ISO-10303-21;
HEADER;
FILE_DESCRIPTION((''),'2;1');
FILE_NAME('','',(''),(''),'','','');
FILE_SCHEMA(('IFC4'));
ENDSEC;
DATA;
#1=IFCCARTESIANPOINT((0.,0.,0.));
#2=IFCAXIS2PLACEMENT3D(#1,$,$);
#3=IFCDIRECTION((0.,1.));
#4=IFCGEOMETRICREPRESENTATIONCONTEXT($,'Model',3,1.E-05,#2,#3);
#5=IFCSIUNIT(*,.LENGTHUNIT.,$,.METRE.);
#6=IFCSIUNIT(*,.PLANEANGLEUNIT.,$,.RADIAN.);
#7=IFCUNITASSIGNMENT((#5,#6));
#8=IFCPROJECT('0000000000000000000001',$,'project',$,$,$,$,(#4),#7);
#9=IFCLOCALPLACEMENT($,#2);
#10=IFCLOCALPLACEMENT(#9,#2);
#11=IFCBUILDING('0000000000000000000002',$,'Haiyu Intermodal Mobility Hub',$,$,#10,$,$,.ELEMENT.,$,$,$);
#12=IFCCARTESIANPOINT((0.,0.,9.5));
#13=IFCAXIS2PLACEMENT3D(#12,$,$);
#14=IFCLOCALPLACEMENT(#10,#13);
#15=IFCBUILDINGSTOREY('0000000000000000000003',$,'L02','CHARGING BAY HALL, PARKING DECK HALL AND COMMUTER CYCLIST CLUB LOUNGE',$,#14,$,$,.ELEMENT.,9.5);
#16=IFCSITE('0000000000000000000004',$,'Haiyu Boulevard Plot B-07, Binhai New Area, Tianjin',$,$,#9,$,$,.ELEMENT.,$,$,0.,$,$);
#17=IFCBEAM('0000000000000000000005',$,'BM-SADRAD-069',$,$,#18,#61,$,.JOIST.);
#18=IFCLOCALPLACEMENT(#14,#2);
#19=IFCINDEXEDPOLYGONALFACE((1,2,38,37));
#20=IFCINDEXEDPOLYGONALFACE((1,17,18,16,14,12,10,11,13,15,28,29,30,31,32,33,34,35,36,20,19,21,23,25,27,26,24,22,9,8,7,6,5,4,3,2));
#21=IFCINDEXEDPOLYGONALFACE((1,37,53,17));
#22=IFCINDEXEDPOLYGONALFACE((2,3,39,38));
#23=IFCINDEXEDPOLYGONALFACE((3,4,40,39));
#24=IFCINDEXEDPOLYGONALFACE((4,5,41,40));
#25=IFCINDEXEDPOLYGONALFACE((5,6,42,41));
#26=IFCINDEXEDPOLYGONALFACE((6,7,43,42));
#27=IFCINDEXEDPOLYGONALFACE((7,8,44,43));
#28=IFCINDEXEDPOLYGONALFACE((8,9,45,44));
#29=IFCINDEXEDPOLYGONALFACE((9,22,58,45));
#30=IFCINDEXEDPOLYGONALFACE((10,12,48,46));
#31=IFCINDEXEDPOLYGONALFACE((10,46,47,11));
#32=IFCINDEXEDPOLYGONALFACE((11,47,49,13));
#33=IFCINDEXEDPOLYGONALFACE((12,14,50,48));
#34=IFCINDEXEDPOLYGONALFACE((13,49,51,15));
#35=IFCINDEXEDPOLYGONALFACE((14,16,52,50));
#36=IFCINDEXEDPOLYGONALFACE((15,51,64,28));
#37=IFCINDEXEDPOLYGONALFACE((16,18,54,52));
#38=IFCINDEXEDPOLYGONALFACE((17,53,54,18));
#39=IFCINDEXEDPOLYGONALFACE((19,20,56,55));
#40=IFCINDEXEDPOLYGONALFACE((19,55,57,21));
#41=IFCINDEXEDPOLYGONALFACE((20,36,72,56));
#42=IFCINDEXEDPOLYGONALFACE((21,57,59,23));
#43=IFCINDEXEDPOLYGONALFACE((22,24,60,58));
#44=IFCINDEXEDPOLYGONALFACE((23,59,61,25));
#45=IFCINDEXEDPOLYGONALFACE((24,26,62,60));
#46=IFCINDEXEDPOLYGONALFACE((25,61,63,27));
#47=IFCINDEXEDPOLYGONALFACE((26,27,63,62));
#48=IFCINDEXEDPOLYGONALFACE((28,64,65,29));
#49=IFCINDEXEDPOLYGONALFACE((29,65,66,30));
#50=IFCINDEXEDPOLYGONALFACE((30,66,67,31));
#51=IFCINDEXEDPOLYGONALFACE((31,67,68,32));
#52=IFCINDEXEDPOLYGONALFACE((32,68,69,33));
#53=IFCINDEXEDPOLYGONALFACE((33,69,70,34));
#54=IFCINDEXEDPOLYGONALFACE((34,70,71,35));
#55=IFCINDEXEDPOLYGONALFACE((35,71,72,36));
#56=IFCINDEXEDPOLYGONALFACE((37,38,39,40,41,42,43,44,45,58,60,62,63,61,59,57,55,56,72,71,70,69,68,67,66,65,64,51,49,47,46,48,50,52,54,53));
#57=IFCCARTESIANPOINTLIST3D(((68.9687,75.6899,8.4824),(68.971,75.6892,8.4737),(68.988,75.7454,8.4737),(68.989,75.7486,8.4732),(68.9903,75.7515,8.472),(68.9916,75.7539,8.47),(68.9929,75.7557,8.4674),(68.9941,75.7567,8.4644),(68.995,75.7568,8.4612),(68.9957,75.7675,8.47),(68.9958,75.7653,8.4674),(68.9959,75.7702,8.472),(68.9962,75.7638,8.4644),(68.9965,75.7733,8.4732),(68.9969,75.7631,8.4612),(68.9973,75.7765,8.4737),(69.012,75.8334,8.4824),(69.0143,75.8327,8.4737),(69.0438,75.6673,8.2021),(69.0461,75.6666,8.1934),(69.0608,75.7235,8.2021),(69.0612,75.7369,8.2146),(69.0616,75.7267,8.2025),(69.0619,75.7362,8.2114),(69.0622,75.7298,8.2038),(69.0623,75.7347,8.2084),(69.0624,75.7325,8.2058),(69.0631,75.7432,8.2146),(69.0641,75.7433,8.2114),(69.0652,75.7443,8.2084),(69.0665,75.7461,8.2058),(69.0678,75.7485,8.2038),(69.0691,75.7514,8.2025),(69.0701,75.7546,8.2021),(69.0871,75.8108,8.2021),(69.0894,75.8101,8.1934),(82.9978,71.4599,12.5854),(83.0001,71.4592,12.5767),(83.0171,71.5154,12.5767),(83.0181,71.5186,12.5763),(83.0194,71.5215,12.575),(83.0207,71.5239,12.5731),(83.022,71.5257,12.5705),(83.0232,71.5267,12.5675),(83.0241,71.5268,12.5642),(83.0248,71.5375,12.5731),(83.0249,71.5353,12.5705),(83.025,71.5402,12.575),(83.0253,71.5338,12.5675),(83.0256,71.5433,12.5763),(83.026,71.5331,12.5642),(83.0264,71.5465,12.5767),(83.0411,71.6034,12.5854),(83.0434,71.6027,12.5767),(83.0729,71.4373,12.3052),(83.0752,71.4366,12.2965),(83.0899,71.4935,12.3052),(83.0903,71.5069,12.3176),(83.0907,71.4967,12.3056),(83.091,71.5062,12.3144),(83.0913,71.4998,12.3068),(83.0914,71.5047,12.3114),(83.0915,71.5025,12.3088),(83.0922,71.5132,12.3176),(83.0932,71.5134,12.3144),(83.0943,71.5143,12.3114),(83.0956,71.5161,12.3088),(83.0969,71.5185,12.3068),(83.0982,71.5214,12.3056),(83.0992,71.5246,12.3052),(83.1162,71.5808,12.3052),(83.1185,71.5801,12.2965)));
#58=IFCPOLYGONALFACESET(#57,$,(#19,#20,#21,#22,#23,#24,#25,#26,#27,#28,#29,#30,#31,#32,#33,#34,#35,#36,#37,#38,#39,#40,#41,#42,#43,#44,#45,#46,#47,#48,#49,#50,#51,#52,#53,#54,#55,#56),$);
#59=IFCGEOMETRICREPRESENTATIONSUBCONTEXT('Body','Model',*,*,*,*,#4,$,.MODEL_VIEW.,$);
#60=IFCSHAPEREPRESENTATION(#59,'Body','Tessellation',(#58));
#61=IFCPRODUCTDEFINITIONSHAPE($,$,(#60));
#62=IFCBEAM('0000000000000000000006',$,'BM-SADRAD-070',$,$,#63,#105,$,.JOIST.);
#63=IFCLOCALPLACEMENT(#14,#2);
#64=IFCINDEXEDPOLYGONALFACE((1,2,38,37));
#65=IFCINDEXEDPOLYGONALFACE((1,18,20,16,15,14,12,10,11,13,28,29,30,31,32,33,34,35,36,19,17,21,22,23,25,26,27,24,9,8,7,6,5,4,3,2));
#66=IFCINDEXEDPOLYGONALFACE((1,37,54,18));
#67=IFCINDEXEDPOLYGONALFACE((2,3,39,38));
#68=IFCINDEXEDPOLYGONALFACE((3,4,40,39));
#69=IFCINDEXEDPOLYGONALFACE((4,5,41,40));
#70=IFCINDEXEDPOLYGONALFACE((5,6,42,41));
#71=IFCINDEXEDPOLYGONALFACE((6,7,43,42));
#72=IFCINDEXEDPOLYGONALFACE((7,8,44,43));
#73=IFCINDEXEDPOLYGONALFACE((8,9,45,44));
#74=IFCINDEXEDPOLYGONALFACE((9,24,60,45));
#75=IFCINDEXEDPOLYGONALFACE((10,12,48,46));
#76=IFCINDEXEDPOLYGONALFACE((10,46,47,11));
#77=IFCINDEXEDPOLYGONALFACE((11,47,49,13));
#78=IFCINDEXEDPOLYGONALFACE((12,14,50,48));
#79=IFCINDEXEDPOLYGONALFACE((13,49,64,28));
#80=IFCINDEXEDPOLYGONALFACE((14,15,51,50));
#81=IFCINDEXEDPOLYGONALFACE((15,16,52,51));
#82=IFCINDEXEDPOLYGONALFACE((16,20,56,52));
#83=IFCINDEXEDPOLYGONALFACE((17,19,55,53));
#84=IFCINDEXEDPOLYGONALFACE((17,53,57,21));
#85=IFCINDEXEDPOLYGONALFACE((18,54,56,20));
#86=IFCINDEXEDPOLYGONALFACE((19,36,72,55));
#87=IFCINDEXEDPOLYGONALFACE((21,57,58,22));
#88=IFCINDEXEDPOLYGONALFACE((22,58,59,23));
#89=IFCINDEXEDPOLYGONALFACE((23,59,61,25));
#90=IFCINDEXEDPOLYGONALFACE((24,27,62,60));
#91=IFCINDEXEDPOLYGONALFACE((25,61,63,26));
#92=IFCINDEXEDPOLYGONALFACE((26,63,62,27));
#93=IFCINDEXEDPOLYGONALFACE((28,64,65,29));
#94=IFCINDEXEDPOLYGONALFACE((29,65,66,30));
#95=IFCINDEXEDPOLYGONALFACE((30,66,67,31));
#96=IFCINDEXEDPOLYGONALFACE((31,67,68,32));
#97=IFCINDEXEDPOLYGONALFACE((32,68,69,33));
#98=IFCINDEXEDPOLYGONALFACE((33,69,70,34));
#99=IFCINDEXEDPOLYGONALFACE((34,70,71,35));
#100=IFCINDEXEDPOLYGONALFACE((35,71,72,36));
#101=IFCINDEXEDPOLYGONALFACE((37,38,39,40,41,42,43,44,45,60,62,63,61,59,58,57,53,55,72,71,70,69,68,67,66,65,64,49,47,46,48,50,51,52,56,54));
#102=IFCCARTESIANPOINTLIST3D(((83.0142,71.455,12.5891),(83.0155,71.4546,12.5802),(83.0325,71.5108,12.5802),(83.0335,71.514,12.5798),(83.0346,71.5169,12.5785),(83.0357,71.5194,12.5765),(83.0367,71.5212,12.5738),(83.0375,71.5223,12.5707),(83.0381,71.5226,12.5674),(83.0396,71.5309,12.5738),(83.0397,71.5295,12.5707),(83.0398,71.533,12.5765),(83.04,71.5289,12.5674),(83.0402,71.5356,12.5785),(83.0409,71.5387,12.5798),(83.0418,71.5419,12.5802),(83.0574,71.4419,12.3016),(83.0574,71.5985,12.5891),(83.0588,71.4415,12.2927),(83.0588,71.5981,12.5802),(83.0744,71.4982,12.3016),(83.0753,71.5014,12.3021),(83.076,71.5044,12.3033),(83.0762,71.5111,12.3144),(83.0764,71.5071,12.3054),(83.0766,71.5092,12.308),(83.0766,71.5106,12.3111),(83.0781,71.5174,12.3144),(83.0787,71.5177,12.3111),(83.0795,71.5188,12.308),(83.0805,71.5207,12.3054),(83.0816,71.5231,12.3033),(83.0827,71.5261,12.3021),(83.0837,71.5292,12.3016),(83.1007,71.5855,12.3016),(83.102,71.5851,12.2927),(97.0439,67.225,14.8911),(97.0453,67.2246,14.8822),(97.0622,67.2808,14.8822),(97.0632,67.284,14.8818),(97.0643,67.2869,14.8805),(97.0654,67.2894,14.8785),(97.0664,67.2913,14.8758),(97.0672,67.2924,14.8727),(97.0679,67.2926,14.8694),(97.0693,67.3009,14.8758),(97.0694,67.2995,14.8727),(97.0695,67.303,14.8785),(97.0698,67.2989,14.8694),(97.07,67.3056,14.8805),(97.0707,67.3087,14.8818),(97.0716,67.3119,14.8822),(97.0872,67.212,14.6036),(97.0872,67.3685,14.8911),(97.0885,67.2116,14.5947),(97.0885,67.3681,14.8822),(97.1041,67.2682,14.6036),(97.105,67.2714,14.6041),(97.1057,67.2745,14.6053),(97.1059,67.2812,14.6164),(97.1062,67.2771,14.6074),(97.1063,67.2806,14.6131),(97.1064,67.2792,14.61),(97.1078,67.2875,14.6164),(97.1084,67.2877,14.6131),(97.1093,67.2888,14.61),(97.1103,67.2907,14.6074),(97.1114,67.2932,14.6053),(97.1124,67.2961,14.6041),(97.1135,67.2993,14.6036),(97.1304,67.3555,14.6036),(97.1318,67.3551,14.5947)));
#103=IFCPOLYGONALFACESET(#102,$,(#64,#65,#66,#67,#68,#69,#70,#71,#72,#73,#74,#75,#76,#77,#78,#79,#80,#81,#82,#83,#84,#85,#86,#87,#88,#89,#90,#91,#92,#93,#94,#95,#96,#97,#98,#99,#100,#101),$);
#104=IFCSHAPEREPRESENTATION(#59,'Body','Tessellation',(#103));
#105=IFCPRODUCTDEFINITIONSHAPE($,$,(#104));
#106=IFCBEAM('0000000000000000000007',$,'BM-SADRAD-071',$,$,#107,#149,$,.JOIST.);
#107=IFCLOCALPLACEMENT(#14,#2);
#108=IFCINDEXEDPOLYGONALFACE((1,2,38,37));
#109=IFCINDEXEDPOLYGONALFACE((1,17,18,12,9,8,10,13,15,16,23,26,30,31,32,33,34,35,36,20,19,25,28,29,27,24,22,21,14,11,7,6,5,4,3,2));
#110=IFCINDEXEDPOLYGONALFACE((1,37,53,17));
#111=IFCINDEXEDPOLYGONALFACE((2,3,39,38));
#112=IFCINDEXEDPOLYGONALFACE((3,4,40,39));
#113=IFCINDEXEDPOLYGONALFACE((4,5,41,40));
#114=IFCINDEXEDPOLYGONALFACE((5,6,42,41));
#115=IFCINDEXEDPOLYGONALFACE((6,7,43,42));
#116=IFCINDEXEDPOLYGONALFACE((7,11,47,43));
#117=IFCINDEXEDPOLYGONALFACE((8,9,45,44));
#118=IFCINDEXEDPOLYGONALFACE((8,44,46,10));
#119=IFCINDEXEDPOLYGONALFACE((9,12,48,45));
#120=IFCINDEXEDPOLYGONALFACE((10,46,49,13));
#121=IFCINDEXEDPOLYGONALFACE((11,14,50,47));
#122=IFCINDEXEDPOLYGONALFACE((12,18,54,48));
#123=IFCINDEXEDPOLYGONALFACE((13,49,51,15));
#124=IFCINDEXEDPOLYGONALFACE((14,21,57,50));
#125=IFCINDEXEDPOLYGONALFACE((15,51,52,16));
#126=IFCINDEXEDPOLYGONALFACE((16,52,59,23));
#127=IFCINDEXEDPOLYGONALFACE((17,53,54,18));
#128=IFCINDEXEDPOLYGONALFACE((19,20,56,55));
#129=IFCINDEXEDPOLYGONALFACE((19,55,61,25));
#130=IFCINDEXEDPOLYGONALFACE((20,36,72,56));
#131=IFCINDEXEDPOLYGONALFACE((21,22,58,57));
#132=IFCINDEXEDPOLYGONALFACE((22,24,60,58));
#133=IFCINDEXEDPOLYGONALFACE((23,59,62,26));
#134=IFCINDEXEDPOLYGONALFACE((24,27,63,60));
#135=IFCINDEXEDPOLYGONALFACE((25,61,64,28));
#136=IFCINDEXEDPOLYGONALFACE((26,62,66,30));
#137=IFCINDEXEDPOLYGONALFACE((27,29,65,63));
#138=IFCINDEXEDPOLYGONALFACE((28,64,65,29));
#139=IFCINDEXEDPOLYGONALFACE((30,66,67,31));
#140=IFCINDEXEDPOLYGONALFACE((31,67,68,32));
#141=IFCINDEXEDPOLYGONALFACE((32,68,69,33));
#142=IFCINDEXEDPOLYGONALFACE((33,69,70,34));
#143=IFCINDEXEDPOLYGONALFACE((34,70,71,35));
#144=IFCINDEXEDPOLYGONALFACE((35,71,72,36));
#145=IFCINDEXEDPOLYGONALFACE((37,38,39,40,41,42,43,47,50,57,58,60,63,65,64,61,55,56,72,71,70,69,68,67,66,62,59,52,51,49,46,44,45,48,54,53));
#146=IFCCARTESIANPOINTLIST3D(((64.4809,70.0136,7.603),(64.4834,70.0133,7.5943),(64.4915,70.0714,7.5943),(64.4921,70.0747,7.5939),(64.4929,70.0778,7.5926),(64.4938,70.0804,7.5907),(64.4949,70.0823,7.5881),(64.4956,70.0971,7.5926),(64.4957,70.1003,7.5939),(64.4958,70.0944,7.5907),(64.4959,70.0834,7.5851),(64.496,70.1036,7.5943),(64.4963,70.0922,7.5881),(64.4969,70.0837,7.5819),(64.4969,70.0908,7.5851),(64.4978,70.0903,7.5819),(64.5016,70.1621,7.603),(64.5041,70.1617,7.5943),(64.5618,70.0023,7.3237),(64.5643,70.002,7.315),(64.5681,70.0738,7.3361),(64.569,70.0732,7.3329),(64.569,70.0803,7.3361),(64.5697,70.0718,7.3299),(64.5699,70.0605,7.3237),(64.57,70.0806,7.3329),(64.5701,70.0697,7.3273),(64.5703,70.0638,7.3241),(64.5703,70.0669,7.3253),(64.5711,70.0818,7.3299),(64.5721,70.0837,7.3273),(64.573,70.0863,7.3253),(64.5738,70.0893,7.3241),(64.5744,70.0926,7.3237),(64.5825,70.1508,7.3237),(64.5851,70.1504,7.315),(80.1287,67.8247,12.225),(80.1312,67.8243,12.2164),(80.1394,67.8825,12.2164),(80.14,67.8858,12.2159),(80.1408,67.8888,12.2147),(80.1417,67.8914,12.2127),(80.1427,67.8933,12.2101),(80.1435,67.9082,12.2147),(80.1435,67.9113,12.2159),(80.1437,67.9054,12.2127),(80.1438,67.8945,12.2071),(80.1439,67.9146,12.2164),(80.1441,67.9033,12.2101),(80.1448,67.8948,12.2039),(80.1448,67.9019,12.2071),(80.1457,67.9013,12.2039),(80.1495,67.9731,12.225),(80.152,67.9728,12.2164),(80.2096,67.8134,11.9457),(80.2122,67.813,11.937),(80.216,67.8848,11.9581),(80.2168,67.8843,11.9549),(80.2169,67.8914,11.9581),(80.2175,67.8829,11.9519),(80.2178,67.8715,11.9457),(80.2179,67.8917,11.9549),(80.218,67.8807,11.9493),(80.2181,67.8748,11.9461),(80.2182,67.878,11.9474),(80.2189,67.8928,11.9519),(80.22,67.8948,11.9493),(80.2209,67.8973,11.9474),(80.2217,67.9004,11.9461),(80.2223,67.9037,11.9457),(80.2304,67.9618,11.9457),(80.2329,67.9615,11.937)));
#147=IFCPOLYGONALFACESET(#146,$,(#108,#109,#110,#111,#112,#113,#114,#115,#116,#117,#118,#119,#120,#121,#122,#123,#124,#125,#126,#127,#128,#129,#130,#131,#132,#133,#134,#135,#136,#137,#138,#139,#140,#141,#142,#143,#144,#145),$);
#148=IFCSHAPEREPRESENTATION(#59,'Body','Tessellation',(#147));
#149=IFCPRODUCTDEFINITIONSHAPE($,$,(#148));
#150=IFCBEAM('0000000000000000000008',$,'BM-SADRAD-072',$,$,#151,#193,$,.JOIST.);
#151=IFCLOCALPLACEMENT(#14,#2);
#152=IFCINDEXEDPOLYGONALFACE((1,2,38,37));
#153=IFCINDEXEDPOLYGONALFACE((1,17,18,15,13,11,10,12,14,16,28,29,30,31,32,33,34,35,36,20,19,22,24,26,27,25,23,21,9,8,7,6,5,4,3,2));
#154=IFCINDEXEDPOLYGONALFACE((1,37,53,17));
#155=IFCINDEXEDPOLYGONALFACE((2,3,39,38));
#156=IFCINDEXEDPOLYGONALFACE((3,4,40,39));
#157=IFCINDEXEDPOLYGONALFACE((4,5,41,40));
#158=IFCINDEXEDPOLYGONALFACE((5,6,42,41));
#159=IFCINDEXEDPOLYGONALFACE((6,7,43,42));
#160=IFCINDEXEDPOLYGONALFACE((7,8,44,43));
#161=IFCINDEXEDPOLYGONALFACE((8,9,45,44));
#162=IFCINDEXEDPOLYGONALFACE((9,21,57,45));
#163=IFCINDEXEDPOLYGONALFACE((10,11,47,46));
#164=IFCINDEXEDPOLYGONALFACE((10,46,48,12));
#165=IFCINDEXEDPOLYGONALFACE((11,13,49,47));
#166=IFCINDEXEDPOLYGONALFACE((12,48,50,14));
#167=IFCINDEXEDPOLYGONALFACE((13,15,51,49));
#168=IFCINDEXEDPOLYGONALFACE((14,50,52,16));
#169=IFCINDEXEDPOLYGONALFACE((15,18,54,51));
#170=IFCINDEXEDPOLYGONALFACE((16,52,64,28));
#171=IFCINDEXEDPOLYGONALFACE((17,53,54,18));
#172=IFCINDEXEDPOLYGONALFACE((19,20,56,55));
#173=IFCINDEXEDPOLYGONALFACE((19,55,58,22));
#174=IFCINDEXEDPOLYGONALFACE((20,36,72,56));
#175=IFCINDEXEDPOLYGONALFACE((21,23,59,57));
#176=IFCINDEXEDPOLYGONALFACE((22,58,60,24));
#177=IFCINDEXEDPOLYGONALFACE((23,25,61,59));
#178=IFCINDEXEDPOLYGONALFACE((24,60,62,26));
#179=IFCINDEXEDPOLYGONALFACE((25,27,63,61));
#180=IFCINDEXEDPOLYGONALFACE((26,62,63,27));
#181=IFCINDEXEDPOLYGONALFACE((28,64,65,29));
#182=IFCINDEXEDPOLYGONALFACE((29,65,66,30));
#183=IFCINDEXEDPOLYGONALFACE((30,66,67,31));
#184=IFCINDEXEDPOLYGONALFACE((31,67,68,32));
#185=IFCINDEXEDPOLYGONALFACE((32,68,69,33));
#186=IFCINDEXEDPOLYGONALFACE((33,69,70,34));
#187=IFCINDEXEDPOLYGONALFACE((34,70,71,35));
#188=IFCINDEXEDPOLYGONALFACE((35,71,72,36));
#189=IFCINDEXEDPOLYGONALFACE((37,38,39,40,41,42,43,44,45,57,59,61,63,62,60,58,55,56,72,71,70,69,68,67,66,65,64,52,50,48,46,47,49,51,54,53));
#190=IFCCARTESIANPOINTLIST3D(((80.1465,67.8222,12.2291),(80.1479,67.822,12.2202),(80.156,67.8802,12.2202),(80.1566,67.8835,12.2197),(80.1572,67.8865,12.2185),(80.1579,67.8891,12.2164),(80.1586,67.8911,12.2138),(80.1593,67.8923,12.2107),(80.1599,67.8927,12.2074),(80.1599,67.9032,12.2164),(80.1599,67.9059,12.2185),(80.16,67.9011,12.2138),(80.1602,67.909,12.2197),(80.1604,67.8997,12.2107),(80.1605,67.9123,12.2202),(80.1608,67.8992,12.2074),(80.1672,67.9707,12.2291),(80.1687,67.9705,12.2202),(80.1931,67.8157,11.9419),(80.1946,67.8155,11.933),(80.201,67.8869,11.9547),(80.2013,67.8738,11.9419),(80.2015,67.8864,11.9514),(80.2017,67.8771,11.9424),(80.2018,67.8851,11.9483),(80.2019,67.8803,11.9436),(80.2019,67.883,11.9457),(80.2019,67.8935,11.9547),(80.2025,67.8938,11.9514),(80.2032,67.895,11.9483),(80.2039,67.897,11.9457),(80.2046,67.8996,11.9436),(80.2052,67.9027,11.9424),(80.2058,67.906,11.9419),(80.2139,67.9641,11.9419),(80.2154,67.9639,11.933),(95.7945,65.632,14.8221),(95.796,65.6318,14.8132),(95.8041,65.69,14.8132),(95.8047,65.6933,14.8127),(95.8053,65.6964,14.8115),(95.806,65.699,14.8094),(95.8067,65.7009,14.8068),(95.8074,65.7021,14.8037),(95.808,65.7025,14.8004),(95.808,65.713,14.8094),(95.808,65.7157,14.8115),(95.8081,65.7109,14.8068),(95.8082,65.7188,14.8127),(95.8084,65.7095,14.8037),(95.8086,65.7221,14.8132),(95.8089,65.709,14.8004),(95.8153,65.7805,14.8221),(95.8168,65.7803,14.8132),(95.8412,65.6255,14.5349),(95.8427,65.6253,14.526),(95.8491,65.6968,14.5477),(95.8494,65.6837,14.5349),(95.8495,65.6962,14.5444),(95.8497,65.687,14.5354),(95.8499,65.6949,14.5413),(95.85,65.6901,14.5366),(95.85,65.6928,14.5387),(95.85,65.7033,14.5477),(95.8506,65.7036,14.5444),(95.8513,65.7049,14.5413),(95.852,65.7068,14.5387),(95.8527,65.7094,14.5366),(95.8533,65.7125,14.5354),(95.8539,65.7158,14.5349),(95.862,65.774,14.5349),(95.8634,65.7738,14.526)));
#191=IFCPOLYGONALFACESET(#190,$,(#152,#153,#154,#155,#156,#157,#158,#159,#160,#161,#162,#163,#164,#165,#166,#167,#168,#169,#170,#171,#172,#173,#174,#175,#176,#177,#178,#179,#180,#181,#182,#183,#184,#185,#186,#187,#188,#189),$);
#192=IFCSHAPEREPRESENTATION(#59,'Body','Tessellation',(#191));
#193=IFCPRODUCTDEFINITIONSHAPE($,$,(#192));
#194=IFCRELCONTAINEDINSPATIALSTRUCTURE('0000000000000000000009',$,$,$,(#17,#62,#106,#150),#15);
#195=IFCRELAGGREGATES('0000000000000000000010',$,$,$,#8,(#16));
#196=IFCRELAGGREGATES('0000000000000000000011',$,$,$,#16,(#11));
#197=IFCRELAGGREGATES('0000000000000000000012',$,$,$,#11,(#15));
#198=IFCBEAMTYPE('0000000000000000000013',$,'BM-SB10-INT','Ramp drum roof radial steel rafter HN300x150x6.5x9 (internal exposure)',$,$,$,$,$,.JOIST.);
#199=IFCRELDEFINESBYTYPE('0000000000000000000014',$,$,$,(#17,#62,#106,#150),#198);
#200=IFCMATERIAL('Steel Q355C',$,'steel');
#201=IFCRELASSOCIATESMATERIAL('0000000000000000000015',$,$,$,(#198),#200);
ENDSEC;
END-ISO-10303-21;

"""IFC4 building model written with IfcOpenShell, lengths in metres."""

from ifc_helpers import new_model, si_unit, direction, frame, origin, origin_2d, place, context, subcontext, project, spatial, i_section, extrude, material, material_profile, profile_set, type_object, element, save


model = new_model("IFC4")

# Units and contexts
model_context = context("Model", 3, precision=1e-05, world=origin(), true_north=direction((0.0, 1.0)))
body_context = subcontext(model_context, "Body", "Model", "MODEL_VIEW")
ifc_project = project(units=[si_unit("LENGTHUNIT", "METRE"), si_unit("PLANEANGLEUNIT", "RADIAN")], contexts=[model_context])

# Site, building, storey
site_placement = place(None, origin())
site = spatial("IfcSite", under=ifc_project, at=site_placement, Name="Haiyu Boulevard Plot B-07, Binhai New Area, Tianjin", CompositionType="ELEMENT", RefElevation=0.0)
building_placement = place(site_placement, origin())
building = spatial("IfcBuilding", under=site, at=building_placement, Name="Haiyu Intermodal Mobility Hub", CompositionType="ELEMENT")
storey_placement = place(building_placement, frame((0.0, 0.0, 9.5)))
storey = spatial("IfcBuildingStorey", under=building, at=storey_placement, Name="L02", Description="CHARGING BAY HALL, PARKING DECK HALL AND COMMUTER CYCLIST CLUB LOUNGE", CompositionType="ELEMENT", Elevation=9.5)

# Shared definitions
ifc_material_1 = material(Name="Steel Q355C", Category="steel")

# Beams
ifc_material_profile_1 = material_profile(ifc_material_1, i_section(OverallWidth=0.1499, OverallDepth=0.3, WebThickness=0.0066, FlangeThickness=0.009, FilletRadius=0.0129, at=origin_2d()), Name="HN300x150x6.5x9")
ifc_profile_set_1 = profile_set([ifc_material_profile_1], Name="Steel Q355C")
beam_type_1 = type_object("IfcBeamType", Name="BM-SB10-INT", Description="Ramp drum roof radial steel rafter HN300x150x6.5x9 (internal exposure)", PredefinedType="JOIST", material=ifc_profile_set_1)
beam_1_placement = place(storey_placement, frame((69.0291, 75.75, 8.3379), z_axis=(0.921963, -0.277986, 0.269643), x_axis=(0.288679, 0.957426, 0.0)))
element("IfcBeam", 1, at=beam_1_placement, inside=storey, type_object=beam_type_1, Name="BM-SADRAD-069", PredefinedType="JOIST", context=body_context, shape_type="SweptSolid", body=[
    extrude(i_section(OverallWidth=0.1499, OverallDepth=0.3, WebThickness=0.0066, FlangeThickness=0.009, FilletRadius=0.0129, at=origin_2d()), origin(), (0.0, 0.0, 1.0), 15.2166),
])
beam_2_placement = place(storey_placement, frame((83.0581, 71.52, 12.4409), z_axis=(0.94583, -0.285168, 0.155191), x_axis=(0.288665, 0.95743, 0.0)))
element("IfcBeam", 2, at=beam_2_placement, inside=storey, type_object=beam_type_1, Name="BM-SADRAD-070", PredefinedType="JOIST", context=body_context, shape_type="SweptSolid", body=[
    extrude(i_section(OverallWidth=0.1499, OverallDepth=0.3, WebThickness=0.0066, FlangeThickness=0.009, FilletRadius=0.0129, at=origin_2d()), origin(), (0.0, 0.0, 1.0), 14.8333),
])
beam_3_placement = place(storey_placement, frame((64.533, 70.082, 7.459), z_axis=(0.950522, -0.132967, 0.280764), x_axis=(0.138539, 0.990357, 0.0)))
element("IfcBeam", 3, at=beam_3_placement, inside=storey, type_object=beam_type_1, Name="BM-SADRAD-071", PredefinedType="JOIST", context=body_context, shape_type="SweptSolid", body=[
    extrude(i_section(OverallWidth=0.1499, OverallDepth=0.3, WebThickness=0.0066, FlangeThickness=0.009, FilletRadius=0.0129, at=origin_2d()), origin(), (0.0, 0.0, 1.0), 16.4624),
])
beam_4_placement = place(storey_placement, frame((80.1809, 67.8931, 12.0811), z_axis=(0.977274, -0.136783, 0.161941), x_axis=(0.138613, 0.990347, 0.0)))
element("IfcBeam", 4, at=beam_4_placement, inside=storey, type_object=beam_type_1, Name="BM-SADRAD-072", PredefinedType="JOIST", context=body_context, shape_type="SweptSolid", body=[
    extrude(i_section(OverallWidth=0.1499, OverallDepth=0.3, WebThickness=0.0066, FlangeThickness=0.009, FilletRadius=0.0129, at=origin_2d()), origin(), (0.0, 0.0, 1.0), 16.012),
])

save(model, "model.ifc")
